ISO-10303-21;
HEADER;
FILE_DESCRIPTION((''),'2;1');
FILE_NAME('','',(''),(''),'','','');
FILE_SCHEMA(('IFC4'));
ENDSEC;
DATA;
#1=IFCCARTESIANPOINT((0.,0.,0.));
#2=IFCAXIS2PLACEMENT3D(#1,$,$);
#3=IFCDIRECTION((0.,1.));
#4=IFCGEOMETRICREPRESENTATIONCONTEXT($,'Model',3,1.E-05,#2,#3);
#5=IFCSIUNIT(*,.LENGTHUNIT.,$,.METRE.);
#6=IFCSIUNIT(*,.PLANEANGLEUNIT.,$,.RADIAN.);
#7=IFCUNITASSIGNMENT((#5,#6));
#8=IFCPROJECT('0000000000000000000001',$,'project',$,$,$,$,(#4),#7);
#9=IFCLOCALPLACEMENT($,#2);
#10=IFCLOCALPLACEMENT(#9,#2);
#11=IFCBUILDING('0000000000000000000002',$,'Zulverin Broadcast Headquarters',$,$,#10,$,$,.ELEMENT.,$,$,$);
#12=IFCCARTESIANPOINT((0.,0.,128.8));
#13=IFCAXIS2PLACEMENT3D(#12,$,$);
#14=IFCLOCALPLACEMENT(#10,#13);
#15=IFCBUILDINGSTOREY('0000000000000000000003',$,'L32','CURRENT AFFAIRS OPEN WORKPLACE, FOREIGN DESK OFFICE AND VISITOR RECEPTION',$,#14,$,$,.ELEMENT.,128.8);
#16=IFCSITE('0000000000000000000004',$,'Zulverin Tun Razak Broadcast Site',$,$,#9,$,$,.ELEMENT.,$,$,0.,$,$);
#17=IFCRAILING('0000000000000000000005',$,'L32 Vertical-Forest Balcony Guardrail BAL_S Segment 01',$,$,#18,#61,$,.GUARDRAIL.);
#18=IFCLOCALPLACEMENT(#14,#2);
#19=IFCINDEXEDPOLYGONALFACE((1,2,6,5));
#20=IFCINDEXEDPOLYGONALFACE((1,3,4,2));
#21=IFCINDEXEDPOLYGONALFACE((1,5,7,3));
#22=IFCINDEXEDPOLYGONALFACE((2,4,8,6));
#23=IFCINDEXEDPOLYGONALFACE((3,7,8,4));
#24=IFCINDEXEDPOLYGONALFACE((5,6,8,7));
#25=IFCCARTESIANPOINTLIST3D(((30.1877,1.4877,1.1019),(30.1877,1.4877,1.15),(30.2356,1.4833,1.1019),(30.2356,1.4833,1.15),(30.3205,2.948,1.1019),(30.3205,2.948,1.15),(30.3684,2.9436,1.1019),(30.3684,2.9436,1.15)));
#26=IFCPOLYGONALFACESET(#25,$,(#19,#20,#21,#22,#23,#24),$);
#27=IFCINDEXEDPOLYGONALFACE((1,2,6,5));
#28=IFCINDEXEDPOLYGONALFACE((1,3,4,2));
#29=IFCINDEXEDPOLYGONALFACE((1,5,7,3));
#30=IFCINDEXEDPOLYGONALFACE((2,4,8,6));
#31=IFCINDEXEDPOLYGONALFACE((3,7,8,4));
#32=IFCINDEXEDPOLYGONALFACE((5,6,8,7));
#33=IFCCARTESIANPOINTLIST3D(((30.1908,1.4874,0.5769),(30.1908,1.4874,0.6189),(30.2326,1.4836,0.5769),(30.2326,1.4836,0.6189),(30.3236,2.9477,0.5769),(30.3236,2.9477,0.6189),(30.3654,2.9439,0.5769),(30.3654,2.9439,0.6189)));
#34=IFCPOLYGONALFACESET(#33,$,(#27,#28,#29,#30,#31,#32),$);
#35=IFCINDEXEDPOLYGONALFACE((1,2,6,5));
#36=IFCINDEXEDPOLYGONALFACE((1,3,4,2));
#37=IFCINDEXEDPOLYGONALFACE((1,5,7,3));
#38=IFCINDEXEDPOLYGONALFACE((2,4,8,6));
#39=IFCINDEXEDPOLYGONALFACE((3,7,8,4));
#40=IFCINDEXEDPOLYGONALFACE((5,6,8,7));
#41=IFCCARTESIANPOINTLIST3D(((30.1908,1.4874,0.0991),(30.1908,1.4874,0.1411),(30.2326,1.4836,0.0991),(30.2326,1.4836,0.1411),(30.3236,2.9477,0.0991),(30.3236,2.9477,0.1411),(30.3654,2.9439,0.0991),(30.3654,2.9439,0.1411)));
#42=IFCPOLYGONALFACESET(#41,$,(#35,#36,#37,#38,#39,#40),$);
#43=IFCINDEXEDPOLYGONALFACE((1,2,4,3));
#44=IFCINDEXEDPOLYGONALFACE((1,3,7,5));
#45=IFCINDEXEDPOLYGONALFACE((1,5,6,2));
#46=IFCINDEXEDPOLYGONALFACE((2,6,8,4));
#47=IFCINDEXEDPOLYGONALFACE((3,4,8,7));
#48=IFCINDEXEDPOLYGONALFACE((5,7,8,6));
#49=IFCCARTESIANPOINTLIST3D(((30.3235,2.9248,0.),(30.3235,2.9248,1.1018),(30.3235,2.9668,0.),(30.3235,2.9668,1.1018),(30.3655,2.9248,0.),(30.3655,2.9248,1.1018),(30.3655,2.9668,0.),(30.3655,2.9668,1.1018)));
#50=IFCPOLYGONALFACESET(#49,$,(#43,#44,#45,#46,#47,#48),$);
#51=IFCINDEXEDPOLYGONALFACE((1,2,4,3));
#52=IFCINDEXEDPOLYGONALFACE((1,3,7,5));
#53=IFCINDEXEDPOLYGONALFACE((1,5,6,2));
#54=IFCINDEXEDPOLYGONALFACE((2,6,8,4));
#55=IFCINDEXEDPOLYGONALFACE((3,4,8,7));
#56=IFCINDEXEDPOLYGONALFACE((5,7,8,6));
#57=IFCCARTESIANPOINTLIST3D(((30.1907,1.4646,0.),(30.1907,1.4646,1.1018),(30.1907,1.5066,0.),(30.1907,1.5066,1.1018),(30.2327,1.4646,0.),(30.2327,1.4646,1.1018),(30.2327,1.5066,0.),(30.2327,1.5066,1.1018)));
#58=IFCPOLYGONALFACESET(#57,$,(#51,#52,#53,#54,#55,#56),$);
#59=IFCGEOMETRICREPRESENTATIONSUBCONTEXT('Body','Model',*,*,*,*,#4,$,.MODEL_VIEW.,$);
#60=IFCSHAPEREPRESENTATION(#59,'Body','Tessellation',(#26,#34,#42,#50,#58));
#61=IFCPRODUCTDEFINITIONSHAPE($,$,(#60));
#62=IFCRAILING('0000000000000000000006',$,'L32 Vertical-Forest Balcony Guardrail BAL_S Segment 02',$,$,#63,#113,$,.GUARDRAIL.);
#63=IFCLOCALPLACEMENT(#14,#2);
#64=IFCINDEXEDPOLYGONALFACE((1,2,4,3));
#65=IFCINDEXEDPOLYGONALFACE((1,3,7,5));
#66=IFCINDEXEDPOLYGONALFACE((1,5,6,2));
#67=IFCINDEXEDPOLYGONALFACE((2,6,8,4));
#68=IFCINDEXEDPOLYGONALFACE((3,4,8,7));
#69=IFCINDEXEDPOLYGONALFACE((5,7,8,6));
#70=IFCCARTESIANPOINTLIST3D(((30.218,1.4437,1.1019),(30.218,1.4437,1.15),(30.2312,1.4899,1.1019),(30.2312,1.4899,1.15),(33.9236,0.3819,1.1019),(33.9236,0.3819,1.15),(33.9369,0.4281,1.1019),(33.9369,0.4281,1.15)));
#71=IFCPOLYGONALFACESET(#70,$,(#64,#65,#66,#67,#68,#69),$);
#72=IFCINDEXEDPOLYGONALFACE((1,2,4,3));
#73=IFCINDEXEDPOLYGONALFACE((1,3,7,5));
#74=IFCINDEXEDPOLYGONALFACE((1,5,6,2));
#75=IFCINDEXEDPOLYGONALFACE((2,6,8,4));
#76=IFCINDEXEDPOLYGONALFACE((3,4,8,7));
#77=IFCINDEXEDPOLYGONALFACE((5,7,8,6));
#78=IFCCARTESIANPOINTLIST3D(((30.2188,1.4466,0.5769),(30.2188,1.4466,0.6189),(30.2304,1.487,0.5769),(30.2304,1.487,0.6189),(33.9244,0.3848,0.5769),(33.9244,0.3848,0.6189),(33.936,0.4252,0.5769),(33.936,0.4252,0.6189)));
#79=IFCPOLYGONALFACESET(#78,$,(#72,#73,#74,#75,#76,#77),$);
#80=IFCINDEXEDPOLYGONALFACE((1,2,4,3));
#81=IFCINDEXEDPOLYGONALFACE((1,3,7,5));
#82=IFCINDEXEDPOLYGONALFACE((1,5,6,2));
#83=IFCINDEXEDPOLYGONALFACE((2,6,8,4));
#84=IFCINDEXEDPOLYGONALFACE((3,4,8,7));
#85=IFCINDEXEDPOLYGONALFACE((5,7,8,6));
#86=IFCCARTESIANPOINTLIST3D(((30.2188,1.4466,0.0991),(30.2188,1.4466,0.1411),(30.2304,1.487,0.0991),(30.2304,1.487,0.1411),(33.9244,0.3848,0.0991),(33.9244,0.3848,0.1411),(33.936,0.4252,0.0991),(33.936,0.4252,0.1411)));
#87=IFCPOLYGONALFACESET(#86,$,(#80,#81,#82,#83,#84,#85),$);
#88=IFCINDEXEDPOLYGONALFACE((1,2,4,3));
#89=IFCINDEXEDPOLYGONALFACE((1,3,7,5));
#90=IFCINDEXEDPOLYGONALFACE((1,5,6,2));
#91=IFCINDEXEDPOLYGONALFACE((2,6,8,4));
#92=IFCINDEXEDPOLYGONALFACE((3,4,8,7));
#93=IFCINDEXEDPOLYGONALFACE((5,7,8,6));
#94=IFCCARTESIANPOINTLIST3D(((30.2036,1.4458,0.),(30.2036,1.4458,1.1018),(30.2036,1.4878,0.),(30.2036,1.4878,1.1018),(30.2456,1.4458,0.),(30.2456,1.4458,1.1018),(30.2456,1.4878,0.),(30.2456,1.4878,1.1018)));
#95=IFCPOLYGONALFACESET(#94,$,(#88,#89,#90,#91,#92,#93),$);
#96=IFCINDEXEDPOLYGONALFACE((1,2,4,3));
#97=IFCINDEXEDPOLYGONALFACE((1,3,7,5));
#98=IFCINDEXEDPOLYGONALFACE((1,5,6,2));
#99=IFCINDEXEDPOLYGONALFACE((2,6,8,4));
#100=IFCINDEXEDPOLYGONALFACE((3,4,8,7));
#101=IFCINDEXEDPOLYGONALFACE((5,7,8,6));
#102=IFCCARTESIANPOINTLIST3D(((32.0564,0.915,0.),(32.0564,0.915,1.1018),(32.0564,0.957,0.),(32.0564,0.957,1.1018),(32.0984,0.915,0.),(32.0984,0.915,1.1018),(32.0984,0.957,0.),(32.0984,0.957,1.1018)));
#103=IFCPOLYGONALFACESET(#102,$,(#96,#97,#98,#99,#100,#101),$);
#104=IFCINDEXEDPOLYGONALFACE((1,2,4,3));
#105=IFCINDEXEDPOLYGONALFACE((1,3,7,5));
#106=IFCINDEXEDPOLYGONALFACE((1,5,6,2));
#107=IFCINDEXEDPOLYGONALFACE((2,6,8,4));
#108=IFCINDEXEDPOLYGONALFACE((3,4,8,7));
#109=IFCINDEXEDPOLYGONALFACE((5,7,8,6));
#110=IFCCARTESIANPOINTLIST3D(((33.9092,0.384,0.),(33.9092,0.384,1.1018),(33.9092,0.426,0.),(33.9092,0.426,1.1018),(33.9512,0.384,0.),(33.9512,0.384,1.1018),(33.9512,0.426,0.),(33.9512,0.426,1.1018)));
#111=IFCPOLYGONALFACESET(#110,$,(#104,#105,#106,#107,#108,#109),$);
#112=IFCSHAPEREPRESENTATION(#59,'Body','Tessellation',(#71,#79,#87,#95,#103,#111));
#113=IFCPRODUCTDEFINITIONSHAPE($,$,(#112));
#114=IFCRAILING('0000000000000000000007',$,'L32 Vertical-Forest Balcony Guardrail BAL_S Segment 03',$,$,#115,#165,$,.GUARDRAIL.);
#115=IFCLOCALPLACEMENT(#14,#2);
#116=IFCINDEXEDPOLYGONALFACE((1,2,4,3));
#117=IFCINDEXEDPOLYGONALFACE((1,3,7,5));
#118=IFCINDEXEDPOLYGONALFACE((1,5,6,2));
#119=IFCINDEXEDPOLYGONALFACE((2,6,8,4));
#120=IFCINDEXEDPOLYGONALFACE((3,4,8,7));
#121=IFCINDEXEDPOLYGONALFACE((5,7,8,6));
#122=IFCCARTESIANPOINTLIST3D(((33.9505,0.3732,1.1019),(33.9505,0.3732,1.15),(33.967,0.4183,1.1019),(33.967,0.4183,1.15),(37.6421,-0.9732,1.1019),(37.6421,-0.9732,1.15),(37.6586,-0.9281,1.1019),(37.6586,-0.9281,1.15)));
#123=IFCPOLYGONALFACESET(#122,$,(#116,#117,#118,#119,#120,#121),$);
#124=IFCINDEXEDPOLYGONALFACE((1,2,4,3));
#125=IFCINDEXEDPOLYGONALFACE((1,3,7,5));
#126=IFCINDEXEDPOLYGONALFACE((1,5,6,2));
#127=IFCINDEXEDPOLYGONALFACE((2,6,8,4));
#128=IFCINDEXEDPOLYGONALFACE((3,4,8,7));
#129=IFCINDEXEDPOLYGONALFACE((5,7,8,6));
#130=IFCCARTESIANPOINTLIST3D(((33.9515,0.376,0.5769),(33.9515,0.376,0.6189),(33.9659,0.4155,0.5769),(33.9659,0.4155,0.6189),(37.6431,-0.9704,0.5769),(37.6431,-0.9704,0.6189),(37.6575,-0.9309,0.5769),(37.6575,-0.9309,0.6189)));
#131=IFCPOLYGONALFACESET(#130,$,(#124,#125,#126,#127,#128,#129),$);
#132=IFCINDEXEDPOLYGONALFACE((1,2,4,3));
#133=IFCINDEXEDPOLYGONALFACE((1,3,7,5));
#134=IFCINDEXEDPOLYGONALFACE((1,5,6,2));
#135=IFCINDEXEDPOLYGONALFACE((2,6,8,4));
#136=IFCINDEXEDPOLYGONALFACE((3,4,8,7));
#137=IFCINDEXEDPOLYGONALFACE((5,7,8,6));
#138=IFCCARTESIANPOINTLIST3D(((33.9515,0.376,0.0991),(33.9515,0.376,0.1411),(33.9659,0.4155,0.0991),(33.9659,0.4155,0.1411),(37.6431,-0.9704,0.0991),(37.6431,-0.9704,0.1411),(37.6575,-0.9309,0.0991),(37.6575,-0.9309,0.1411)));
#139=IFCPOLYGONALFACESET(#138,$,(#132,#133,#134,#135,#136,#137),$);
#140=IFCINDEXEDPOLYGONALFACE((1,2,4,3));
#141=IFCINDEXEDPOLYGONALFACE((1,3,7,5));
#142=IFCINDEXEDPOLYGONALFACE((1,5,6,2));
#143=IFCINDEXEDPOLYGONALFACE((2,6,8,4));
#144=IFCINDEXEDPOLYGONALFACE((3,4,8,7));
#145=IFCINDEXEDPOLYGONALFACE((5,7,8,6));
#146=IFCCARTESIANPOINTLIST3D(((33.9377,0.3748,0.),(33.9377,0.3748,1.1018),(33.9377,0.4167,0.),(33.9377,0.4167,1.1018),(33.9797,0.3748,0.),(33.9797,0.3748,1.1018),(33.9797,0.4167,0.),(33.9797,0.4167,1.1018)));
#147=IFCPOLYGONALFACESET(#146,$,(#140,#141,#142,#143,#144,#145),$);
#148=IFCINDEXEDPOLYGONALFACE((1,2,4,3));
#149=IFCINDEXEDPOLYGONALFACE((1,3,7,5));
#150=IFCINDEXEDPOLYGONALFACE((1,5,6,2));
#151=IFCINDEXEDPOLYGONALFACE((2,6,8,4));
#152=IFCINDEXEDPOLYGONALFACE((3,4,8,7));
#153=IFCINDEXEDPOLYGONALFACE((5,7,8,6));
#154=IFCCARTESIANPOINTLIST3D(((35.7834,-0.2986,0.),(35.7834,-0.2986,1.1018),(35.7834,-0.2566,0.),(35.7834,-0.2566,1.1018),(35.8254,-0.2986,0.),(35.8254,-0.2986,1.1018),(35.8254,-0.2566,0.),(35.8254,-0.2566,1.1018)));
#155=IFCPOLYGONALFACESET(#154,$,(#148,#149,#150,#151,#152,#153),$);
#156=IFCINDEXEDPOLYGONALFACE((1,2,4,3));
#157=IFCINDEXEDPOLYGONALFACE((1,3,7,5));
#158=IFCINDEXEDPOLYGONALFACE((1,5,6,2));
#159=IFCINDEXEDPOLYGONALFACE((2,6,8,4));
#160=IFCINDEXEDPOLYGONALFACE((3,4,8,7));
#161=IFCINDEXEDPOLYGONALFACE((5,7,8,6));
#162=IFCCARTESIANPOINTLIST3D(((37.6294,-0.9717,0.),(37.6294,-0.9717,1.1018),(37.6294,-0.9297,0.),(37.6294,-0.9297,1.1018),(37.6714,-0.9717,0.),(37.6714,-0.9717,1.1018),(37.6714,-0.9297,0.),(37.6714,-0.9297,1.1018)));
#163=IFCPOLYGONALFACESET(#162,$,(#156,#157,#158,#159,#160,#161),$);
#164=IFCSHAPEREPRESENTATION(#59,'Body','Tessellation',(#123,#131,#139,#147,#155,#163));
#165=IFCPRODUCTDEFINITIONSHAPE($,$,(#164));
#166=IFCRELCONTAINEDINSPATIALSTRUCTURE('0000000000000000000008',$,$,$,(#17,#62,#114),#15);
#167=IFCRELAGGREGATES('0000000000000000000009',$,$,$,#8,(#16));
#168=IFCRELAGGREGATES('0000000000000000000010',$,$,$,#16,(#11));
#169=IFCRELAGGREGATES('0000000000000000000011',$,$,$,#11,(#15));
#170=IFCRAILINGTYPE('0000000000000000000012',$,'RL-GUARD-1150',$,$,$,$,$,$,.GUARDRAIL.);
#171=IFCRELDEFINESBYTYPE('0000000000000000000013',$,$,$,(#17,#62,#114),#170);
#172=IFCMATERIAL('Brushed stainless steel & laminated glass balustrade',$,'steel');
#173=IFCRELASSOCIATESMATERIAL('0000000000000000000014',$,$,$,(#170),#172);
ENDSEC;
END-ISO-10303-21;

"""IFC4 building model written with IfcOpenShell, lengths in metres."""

from ifc_helpers import new_model, si_unit, direction, frame, origin, origin_2d, place, context, subcontext, project, spatial, rectangle, extrude, material, type_object, element, save


model = new_model("IFC4")

# Units and contexts
model_context = context("Model", 3, precision=1e-05, world=origin(), true_north=direction((0.0, 1.0)))
body_context = subcontext(model_context, "Body", "Model", "MODEL_VIEW")
ifc_project = project(units=[si_unit("LENGTHUNIT", "METRE"), si_unit("PLANEANGLEUNIT", "RADIAN")], contexts=[model_context])

# Site, building, storey
site_placement = place(None, origin())
site = spatial("IfcSite", under=ifc_project, at=site_placement, Name="Zulverin Tun Razak Broadcast Site", CompositionType="ELEMENT", RefElevation=0.0)
building_placement = place(site_placement, origin())
building = spatial("IfcBuilding", under=site, at=building_placement, Name="Zulverin Broadcast Headquarters", CompositionType="ELEMENT")
storey_placement = place(building_placement, frame((0.0, 0.0, 128.8)))
storey = spatial("IfcBuildingStorey", under=building, at=storey_placement, Name="L32", Description="CURRENT AFFAIRS OPEN WORKPLACE, FOREIGN DESK OFFICE AND VISITOR RECEPTION", CompositionType="ELEMENT", Elevation=128.8)

# Railings
ifc_material_1 = material(Name="Brushed stainless steel & laminated glass balustrade", Category="steel")
railing_type = type_object("IfcRailingType", Name="RL-GUARD-1150", PredefinedType="GUARDRAIL", material=ifc_material_1)
railing_1_placement = place(storey_placement, frame((30.3445, 2.9458, 0.0)))
element("IfcRailing", 1, at=railing_1_placement, inside=storey, type_object=railing_type, Name="L32 Vertical-Forest Balcony Guardrail BAL_S Segment 01", PredefinedType="GUARDRAIL", context=body_context, shape_type="SweptSolid", body=[
    extrude(rectangle(XDim=0.0481, YDim=0.0481, at=origin_2d()), frame((0.0, 0.0, 1.126), z_axis=(-0.090581, -0.995889, 0.0), x_axis=(0.995889, -0.090581, 0.0)), (0.0, 0.0, 1.0), 1.4663),
    extrude(rectangle(XDim=0.042, YDim=0.042, at=origin_2d()), frame((0.0, 0.0, 0.5979), z_axis=(-0.090581, -0.995889, 0.0), x_axis=(0.995889, -0.090581, 0.0)), (0.0, 0.0, 1.0), 1.4663),
    extrude(rectangle(XDim=0.042, YDim=0.042, at=origin_2d()), frame((0.0, 0.0, 0.1201), z_axis=(-0.090581, -0.995889, 0.0), x_axis=(0.995889, -0.090581, 0.0)), (0.0, 0.0, 1.0), 1.4663),
    extrude(rectangle(XDim=0.042, YDim=0.042, at=origin_2d()), origin(), (0.0, 0.0, 1.0), 1.1018),
    extrude(rectangle(XDim=0.042, YDim=0.042, at=origin_2d()), frame((-0.1328, -1.4602, 0.0)), (0.0, 0.0, 1.0), 1.1018),
])
railing_2_placement = place(storey_placement, frame((30.2246, 1.4668, 0.0)))
element("IfcRailing", 2, at=railing_2_placement, inside=storey, type_object=railing_type, Name="L32 Vertical-Forest Balcony Guardrail BAL_S Segment 02", PredefinedType="GUARDRAIL", context=body_context, shape_type="SweptSolid", body=[
    extrude(rectangle(XDim=0.0481, YDim=0.0481, at=origin_2d()), frame((0.0, 0.0, 1.126), z_axis=(0.961316, -0.275449, 0.0), x_axis=(0.275449, 0.961316, 0.0)), (0.0, 0.0, 1.0), 3.8547),
    extrude(rectangle(XDim=0.042, YDim=0.042, at=origin_2d()), frame((0.0, 0.0, 0.5979), z_axis=(0.961316, -0.275449, 0.0), x_axis=(0.275449, 0.961316, 0.0)), (0.0, 0.0, 1.0), 3.8547),
    extrude(rectangle(XDim=0.042, YDim=0.042, at=origin_2d()), frame((0.0, 0.0, 0.1201), z_axis=(0.961316, -0.275449, 0.0), x_axis=(0.275449, 0.961316, 0.0)), (0.0, 0.0, 1.0), 3.8547),
    extrude(rectangle(XDim=0.042, YDim=0.042, at=origin_2d()), origin(), (0.0, 0.0, 1.0), 1.1018),
    extrude(rectangle(XDim=0.042, YDim=0.042, at=origin_2d()), frame((1.8528, -0.5308, 0.0)), (0.0, 0.0, 1.0), 1.1018),
    extrude(rectangle(XDim=0.042, YDim=0.042, at=origin_2d()), frame((3.7056, -1.0618, 0.0)), (0.0, 0.0, 1.0), 1.1018),
])
railing_3_placement = place(storey_placement, frame((33.9587, 0.3958, 0.0)))
element("IfcRailing", 3, at=railing_3_placement, inside=storey, type_object=railing_type, Name="L32 Vertical-Forest Balcony Guardrail BAL_S Segment 03", PredefinedType="GUARDRAIL", context=body_context, shape_type="SweptSolid", body=[
    extrude(rectangle(XDim=0.0481, YDim=0.0481, at=origin_2d()), frame((0.0, 0.0, 1.126), z_axis=(0.939465, -0.342646, 0.0), x_axis=(0.342646, 0.939465, 0.0)), (0.0, 0.0, 1.0), 3.9294),
    extrude(rectangle(XDim=0.042, YDim=0.042, at=origin_2d()), frame((0.0, 0.0, 0.5979), z_axis=(0.939465, -0.342646, 0.0), x_axis=(0.342646, 0.939465, 0.0)), (0.0, 0.0, 1.0), 3.9294),
    extrude(rectangle(XDim=0.042, YDim=0.042, at=origin_2d()), frame((0.0, 0.0, 0.1201), z_axis=(0.939465, -0.342646, 0.0), x_axis=(0.342646, 0.939465, 0.0)), (0.0, 0.0, 1.0), 3.9294),
    extrude(rectangle(XDim=0.042, YDim=0.042, at=origin_2d()), origin(), (0.0, 0.0, 1.0), 1.1018),
    extrude(rectangle(XDim=0.042, YDim=0.042, at=origin_2d()), frame((1.8457, -0.6733, 0.0)), (0.0, 0.0, 1.0), 1.1018),
    extrude(rectangle(XDim=0.042, YDim=0.042, at=origin_2d()), frame((3.6917, -1.3464, 0.0)), (0.0, 0.0, 1.0), 1.1018),
])

save(model, "model.ifc")
